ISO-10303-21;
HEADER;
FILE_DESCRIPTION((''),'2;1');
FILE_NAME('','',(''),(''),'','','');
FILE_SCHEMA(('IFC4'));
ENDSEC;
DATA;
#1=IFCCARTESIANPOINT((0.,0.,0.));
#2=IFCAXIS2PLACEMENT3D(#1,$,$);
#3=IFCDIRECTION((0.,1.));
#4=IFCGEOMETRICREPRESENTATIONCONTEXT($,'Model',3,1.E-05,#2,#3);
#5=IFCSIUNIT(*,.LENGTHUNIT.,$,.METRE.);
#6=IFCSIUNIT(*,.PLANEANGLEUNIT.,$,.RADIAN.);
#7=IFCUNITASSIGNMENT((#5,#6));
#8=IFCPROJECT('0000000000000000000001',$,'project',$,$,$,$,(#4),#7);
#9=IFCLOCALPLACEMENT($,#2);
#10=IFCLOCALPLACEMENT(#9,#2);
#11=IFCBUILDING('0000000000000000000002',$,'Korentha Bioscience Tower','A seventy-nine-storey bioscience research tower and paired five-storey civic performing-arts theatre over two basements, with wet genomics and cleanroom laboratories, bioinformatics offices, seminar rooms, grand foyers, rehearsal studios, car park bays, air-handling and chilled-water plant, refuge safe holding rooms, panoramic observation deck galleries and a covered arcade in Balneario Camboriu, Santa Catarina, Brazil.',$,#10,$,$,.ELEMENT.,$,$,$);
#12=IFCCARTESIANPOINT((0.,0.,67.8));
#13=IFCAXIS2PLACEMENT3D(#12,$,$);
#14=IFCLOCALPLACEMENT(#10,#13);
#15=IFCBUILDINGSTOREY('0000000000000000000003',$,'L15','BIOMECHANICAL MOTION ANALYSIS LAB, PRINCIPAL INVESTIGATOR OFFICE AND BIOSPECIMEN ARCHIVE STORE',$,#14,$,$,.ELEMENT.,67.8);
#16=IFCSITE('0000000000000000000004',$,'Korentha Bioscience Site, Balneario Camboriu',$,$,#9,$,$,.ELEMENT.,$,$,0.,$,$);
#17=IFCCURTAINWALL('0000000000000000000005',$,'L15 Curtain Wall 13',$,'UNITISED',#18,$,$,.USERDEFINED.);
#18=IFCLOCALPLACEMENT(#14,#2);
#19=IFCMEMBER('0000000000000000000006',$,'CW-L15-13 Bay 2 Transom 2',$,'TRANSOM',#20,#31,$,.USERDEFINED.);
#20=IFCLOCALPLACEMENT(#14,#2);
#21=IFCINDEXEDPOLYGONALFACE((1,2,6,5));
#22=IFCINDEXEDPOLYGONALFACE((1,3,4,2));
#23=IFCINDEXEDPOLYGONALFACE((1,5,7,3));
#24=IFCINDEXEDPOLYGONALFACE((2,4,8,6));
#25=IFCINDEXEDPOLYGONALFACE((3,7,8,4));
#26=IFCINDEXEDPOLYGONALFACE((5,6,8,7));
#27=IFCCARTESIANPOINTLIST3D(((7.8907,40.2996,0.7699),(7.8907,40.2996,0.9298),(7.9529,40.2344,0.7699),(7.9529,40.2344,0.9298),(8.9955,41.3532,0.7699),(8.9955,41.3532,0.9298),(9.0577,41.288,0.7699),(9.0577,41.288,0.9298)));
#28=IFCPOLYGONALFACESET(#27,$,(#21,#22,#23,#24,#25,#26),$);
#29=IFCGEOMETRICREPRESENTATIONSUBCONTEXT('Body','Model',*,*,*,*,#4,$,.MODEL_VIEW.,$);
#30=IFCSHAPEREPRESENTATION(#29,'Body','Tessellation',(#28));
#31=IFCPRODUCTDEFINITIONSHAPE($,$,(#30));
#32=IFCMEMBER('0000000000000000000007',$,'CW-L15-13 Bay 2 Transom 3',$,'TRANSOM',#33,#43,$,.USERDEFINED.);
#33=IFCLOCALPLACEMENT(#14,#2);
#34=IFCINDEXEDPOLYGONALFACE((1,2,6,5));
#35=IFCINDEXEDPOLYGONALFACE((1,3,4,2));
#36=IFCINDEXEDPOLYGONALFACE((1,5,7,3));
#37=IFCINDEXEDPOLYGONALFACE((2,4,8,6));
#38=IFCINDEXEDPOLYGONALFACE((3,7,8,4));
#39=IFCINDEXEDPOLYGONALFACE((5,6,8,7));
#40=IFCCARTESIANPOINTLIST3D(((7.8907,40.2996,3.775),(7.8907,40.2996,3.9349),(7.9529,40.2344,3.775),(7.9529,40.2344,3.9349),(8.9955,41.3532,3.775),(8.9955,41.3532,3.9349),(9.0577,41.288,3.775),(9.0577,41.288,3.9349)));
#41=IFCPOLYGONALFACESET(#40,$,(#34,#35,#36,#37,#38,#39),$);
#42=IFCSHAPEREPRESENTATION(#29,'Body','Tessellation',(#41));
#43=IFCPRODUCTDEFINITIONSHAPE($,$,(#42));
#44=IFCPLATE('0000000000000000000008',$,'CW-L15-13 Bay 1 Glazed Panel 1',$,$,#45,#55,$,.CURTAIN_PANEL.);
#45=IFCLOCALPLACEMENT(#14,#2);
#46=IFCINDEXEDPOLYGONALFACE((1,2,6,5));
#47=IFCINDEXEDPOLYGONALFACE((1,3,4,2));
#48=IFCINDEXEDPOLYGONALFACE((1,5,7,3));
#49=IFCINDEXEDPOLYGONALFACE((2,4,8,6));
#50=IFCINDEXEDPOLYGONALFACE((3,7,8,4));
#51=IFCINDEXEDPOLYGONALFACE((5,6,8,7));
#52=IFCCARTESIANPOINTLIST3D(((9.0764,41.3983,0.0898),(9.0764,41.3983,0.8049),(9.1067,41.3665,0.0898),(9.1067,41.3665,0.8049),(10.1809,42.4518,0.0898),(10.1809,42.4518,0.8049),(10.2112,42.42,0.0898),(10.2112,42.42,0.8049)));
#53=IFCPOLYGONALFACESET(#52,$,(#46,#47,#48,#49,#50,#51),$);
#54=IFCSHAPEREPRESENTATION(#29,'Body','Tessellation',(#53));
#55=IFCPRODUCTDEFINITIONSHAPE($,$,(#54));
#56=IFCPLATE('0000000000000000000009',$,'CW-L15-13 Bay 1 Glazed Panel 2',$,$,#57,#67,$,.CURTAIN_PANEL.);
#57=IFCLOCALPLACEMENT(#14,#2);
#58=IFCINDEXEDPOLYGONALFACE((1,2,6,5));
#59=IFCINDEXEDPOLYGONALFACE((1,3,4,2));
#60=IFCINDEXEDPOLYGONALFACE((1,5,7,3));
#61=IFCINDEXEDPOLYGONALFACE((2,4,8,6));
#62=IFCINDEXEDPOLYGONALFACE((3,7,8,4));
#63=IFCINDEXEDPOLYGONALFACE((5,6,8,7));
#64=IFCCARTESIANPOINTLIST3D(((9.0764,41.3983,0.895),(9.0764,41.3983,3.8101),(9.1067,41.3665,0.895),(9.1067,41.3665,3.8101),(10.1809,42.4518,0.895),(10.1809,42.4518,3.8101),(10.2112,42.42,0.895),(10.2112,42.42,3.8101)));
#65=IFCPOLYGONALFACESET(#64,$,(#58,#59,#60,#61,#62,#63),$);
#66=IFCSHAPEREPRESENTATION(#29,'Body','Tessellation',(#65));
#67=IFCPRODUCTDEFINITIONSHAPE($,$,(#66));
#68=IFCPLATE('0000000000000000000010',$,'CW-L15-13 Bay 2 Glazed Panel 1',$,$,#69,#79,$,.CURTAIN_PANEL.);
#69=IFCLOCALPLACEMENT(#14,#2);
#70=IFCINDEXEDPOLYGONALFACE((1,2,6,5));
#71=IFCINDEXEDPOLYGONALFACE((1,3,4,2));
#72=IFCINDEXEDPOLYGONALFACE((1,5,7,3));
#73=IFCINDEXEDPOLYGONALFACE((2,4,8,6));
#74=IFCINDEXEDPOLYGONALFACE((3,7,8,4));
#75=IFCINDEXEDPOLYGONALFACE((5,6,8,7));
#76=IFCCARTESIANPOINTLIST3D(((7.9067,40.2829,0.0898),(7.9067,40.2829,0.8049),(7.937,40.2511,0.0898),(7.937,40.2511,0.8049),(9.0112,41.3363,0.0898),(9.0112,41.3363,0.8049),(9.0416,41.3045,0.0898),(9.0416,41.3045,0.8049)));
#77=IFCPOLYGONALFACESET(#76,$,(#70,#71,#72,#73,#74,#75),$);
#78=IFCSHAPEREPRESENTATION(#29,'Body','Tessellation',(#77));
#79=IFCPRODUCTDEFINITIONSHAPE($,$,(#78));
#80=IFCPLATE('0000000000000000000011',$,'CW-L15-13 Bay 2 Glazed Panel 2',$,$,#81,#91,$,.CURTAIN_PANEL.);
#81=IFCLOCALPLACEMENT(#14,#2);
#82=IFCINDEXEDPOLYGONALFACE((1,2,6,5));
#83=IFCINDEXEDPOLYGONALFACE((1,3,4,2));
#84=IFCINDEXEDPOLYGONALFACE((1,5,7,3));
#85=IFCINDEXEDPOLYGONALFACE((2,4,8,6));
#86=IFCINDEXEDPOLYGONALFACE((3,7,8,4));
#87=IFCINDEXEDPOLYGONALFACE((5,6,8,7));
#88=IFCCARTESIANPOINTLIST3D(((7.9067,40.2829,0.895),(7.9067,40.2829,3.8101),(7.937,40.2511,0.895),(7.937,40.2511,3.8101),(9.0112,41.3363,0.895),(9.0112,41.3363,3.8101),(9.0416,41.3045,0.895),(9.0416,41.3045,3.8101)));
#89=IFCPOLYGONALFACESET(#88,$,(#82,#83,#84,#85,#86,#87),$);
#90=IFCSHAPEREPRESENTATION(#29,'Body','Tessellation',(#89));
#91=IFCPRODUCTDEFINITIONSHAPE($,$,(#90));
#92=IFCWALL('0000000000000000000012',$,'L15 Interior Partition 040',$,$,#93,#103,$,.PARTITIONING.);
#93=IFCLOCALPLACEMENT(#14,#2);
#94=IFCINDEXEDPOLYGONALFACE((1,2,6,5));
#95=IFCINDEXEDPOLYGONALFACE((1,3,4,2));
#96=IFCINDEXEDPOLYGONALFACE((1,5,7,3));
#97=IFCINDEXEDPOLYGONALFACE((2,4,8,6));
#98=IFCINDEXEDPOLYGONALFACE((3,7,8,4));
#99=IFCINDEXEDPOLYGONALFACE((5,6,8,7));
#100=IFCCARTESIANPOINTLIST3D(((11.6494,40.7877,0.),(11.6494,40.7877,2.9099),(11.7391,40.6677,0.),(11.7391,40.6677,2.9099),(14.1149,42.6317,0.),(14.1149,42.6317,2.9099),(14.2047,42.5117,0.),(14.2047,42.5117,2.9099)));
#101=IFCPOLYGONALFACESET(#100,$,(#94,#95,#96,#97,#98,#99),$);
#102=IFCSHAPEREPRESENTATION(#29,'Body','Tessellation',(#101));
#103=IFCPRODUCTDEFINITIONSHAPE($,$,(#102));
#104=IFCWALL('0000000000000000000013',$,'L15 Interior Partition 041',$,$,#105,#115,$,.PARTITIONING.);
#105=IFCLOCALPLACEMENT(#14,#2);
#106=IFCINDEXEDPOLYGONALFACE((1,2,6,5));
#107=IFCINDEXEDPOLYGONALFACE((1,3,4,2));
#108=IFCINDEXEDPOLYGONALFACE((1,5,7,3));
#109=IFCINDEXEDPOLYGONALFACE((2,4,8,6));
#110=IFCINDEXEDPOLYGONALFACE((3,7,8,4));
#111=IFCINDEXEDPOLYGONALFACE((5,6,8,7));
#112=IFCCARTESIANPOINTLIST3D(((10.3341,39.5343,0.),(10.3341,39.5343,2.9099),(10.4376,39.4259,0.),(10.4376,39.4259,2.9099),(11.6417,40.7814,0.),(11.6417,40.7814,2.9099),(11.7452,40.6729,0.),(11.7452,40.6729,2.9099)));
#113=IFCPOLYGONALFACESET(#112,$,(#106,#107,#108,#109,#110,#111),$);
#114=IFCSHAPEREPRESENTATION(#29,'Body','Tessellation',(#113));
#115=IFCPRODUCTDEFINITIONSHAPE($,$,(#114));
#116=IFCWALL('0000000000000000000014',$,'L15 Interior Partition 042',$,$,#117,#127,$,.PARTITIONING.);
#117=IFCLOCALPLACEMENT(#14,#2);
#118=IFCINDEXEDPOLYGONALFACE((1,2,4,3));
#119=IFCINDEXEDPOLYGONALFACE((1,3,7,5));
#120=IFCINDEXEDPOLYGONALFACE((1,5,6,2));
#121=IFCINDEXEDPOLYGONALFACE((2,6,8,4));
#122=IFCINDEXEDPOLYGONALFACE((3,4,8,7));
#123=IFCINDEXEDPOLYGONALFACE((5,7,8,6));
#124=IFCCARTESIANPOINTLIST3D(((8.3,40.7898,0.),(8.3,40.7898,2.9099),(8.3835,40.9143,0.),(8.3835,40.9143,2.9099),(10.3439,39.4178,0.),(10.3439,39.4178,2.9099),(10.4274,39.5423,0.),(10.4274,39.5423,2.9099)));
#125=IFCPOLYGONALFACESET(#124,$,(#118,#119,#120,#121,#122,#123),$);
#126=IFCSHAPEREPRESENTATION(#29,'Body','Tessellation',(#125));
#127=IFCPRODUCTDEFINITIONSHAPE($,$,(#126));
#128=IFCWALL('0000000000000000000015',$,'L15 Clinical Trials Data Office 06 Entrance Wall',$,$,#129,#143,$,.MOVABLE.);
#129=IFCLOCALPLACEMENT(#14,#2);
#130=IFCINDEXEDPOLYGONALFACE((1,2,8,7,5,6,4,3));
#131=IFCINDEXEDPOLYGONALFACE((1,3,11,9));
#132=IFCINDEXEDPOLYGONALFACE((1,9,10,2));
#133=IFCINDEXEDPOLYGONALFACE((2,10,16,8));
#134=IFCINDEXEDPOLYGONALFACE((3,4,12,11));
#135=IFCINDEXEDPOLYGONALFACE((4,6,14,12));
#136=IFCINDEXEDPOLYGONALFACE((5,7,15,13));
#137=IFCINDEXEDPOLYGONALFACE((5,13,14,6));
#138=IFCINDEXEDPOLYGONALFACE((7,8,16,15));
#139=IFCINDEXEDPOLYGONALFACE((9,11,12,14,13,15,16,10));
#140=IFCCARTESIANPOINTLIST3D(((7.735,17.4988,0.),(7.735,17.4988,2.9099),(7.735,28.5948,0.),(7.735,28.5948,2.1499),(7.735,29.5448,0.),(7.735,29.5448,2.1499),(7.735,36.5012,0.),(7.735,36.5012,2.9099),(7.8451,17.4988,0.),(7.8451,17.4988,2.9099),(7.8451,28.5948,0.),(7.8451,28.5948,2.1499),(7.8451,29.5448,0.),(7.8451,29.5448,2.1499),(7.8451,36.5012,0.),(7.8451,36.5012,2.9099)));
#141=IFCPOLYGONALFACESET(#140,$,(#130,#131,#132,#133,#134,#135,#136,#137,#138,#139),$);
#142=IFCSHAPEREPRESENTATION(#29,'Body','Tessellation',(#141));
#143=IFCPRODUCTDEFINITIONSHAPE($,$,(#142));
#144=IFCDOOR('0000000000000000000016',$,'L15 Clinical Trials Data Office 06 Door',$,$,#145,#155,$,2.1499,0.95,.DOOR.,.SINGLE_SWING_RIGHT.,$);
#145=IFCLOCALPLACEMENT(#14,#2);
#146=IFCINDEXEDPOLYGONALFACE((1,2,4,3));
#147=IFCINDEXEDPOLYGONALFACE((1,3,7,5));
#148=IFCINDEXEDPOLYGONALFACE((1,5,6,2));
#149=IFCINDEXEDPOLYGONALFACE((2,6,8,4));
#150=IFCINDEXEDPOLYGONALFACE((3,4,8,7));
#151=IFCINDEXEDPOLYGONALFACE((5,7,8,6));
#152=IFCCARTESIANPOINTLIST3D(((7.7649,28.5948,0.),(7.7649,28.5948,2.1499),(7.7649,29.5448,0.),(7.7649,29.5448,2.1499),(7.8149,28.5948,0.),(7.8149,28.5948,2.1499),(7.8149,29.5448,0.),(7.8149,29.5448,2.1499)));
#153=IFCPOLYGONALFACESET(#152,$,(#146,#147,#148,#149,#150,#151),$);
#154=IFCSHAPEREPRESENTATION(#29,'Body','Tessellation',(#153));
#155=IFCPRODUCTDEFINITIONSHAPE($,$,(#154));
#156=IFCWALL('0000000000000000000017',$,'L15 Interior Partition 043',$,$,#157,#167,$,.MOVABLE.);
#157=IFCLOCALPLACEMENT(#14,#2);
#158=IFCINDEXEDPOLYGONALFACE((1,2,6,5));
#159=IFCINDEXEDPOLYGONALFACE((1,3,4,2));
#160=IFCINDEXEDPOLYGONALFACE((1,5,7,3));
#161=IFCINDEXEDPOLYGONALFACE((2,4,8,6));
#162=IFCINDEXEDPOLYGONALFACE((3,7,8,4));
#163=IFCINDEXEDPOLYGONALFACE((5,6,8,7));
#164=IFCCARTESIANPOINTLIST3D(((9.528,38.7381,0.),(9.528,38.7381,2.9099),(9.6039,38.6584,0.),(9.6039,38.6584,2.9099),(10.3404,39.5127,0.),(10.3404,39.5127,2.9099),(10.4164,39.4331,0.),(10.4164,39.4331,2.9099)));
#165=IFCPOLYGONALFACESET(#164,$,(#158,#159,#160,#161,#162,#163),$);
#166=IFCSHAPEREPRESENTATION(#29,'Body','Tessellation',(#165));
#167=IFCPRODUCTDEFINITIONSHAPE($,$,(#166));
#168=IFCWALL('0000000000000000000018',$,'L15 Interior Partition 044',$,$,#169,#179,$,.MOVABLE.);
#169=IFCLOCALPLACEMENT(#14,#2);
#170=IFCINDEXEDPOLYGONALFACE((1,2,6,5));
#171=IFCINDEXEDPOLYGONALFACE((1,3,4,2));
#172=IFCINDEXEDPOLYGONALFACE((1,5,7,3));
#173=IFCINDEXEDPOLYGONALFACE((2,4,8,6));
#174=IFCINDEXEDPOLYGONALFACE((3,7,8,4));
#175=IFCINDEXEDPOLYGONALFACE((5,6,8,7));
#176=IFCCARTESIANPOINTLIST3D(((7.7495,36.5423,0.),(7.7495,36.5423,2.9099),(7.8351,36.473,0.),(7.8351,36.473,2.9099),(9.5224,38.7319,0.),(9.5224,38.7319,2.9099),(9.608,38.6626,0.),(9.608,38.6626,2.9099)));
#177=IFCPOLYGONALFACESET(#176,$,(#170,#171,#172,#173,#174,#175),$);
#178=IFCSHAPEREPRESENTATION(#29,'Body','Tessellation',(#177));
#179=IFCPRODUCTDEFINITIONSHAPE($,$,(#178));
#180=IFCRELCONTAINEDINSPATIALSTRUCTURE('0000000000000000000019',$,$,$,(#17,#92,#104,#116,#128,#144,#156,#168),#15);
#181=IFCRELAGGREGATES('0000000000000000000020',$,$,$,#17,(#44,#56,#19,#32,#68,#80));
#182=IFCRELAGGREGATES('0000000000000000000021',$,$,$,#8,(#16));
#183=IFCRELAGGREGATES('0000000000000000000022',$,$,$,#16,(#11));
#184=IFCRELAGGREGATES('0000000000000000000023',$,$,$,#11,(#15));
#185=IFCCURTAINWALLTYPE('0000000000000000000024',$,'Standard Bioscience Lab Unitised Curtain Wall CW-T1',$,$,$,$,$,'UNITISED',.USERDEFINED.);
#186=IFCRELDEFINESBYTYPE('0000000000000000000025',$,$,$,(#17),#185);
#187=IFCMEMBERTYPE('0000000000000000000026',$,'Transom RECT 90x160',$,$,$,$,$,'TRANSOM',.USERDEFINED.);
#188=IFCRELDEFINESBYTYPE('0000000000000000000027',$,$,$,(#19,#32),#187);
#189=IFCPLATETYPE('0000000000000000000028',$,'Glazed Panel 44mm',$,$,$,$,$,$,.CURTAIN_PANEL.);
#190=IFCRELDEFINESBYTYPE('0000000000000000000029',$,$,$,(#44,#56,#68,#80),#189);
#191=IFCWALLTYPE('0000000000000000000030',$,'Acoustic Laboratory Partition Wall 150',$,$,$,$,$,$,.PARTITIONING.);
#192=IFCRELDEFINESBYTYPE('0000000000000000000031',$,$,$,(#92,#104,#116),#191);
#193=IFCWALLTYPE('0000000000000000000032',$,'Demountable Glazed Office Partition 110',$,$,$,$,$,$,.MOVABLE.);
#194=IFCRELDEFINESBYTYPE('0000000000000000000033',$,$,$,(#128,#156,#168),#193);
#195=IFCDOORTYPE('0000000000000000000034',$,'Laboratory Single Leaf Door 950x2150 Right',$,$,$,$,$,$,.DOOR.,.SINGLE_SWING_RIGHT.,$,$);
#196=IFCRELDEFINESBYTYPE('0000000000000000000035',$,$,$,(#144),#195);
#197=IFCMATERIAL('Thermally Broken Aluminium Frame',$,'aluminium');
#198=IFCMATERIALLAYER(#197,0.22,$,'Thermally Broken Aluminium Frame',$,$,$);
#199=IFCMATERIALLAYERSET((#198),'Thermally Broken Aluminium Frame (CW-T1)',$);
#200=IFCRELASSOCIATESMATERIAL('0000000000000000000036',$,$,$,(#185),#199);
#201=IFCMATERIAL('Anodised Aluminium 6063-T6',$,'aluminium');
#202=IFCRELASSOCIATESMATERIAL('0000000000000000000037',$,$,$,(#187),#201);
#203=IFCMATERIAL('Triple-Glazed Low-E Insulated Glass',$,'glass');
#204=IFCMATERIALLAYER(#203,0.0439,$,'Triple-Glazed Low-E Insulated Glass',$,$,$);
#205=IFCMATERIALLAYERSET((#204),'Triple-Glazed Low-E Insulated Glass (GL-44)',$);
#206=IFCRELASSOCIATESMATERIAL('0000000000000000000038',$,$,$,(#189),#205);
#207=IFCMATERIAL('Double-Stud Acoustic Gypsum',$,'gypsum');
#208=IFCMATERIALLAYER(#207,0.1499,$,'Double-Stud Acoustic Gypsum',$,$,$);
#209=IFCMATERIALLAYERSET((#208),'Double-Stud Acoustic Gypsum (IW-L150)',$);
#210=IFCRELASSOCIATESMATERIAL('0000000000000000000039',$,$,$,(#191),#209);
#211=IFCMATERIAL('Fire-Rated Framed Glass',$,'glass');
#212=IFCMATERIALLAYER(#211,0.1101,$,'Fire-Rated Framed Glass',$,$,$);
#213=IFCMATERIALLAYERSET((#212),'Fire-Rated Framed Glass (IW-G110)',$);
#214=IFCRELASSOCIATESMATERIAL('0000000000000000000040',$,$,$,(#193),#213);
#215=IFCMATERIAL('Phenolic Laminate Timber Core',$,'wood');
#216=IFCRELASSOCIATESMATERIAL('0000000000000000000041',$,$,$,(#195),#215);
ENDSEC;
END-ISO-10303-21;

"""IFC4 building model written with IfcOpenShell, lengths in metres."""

from ifc_helpers import new_model, si_unit, direction, frame, frame_2d, origin, origin_2d, place, context, subcontext, project, spatial, rectangle, extrude, material, layer, layer_set, material_profile, profile_set, type_object, element, fill, aggregate, save


model = new_model("IFC4")

# Units and contexts
model_context = context("Model", 3, precision=1e-05, world=origin(), true_north=direction((0.0, 1.0)))
body_context = subcontext(model_context, "Body", "Model", "MODEL_VIEW")
ifc_project = project(units=[si_unit("LENGTHUNIT", "METRE"), si_unit("PLANEANGLEUNIT", "RADIAN")], contexts=[model_context])

# Site, building, storey
site_placement = place(None, origin())
site = spatial("IfcSite", under=ifc_project, at=site_placement, Name="Korentha Bioscience Site, Balneario Camboriu", CompositionType="ELEMENT", RefElevation=0.0)
building_placement = place(site_placement, origin())
building = spatial("IfcBuilding", under=site, at=building_placement, Name="Korentha Bioscience Tower", Description="A seventy-nine-storey bioscience research tower and paired five-storey civic performing-arts theatre over two basements, with wet genomics and cleanroom laboratories, bioinformatics offices, seminar rooms, grand foyers, rehearsal studios, car park bays, air-handling and chilled-water plant, refuge safe holding rooms, panoramic observation deck galleries and a covered arcade in Balneario Camboriu, Santa Catarina, Brazil.", CompositionType="ELEMENT")
storey_placement = place(building_placement, frame((0.0, 0.0, 67.8)))
storey = spatial("IfcBuildingStorey", under=building, at=storey_placement, Name="L15", Description="BIOMECHANICAL MOTION ANALYSIS LAB, PRINCIPAL INVESTIGATOR OFFICE AND BIOSPECIMEN ARCHIVE STORE", CompositionType="ELEMENT", Elevation=67.8)

# Curtain wall
ifc_material_1 = material(Name="Thermally Broken Aluminium Frame", Category="aluminium")
ifc_layer_1 = layer(ifc_material_1, 0.22, Name="Thermally Broken Aluminium Frame")
ifc_layer_set_1 = layer_set([ifc_layer_1], Name="Thermally Broken Aluminium Frame (CW-T1)")
curtain_wall_type = type_object("IfcCurtainWallType", Name="Standard Bioscience Lab Unitised Curtain Wall CW-T1", ElementType="UNITISED", PredefinedType="USERDEFINED", material=ifc_layer_set_1)
curtain_wall_placement = place(storey_placement, origin())
curtain_wall = element("IfcCurtainWall", 1, at=curtain_wall_placement, inside=storey, type_object=curtain_wall_type, Name="L15 Curtain Wall 13", ObjectType="UNITISED", PredefinedType="USERDEFINED")
ifc_material_2 = material(Name="Anodised Aluminium 6063-T6", Category="aluminium")

# Members
ifc_material_profile_1 = material_profile(ifc_material_2, rectangle(XDim=0.0901, YDim=0.1599, at=origin_2d()), Name="Anodised Aluminium 6063-T6")
ifc_profile_set_1 = profile_set([ifc_material_profile_1], Name="Anodised Aluminium 6063-T6 (CW-TRN)")
member_type_1 = type_object("IfcMemberType", Name="Transom RECT 90x160", ElementType="TRANSOM", PredefinedType="USERDEFINED", material=ifc_profile_set_1)
member_1_placement = place(storey_placement, frame((9.0266, 41.3206, 0.8499), z_axis=(-0.7237, -0.690114, 0.0), x_axis=(0.690114, -0.7237, 0.0)))
member_1 = element("IfcMember", 2, at=member_1_placement, type_object=member_type_1, Name="CW-L15-13 Bay 2 Transom 2", ObjectType="TRANSOM", PredefinedType="USERDEFINED", context=body_context, shape_type="SweptSolid", body=[
    extrude(rectangle(XDim=0.0901, YDim=0.1599, at=origin_2d()), origin(), (0.0, 0.0, 1.0), 1.5266),
])
member_2_placement = place(storey_placement, frame((9.0266, 41.3206, 3.855), z_axis=(-0.7237, -0.690114, 0.0), x_axis=(0.690114, -0.7237, 0.0)))
member_2 = element("IfcMember", 3, at=member_2_placement, type_object=member_type_1, Name="CW-L15-13 Bay 2 Transom 3", ObjectType="TRANSOM", PredefinedType="USERDEFINED", context=body_context, shape_type="SweptSolid", body=[
    extrude(rectangle(XDim=0.0901, YDim=0.1599, at=origin_2d()), origin(), (0.0, 0.0, 1.0), 1.5266),
])

# Plates
ifc_material_3 = material(Name="Triple-Glazed Low-E Insulated Glass", Category="glass")
ifc_layer_2 = layer(ifc_material_3, 0.0439, Name="Triple-Glazed Low-E Insulated Glass")
ifc_layer_set_2 = layer_set([ifc_layer_2], Name="Triple-Glazed Low-E Insulated Glass (GL-44)")
plate_type = type_object("IfcPlateType", Name="Glazed Panel 44mm", PredefinedType="CURTAIN_PANEL", material=ifc_layer_set_2)
plate_1_placement = place(storey_placement, frame((9.6438, 41.9092, 0.0898), z_axis=(0.0, 0.0, 1.0), x_axis=(-0.723642, -0.690176, 0.0)))
plate_1 = element("IfcPlate", 4, at=plate_1_placement, type_object=plate_type, Name="CW-L15-13 Bay 1 Glazed Panel 1", PredefinedType="CURTAIN_PANEL", context=body_context, shape_type="SweptSolid", body=[
    extrude(rectangle(XDim=1.5264, YDim=0.0439, at=origin_2d()), origin(), (0.0, 0.0, 1.0), 0.7151),
])
plate_2_placement = place(storey_placement, frame((9.6438, 41.9092, 0.895), z_axis=(0.0, 0.0, 1.0), x_axis=(-0.723642, -0.690176, 0.0)))
plate_2 = element("IfcPlate", 5, at=plate_2_placement, type_object=plate_type, Name="CW-L15-13 Bay 1 Glazed Panel 2", PredefinedType="CURTAIN_PANEL", context=body_context, shape_type="SweptSolid", body=[
    extrude(rectangle(XDim=1.5264, YDim=0.0439, at=origin_2d()), origin(), (0.0, 0.0, 1.0), 2.915),
])
plate_3_placement = place(storey_placement, frame((8.4741, 40.7937, 0.0898), z_axis=(0.0, 0.0, 1.0), x_axis=(-0.723642, -0.690176, 0.0)))
plate_3 = element("IfcPlate", 6, at=plate_3_placement, type_object=plate_type, Name="CW-L15-13 Bay 2 Glazed Panel 1", PredefinedType="CURTAIN_PANEL", context=body_context, shape_type="SweptSolid", body=[
    extrude(rectangle(XDim=1.5264, YDim=0.0439, at=origin_2d()), origin(), (0.0, 0.0, 1.0), 0.7151),
])
plate_4_placement = place(storey_placement, frame((8.4741, 40.7937, 0.895), z_axis=(0.0, 0.0, 1.0), x_axis=(-0.723642, -0.690176, 0.0)))
plate_4 = element("IfcPlate", 7, at=plate_4_placement, type_object=plate_type, Name="CW-L15-13 Bay 2 Glazed Panel 2", PredefinedType="CURTAIN_PANEL", context=body_context, shape_type="SweptSolid", body=[
    extrude(rectangle(XDim=1.5264, YDim=0.0439, at=origin_2d()), origin(), (0.0, 0.0, 1.0), 2.915),
])
aggregate(curtain_wall, [plate_1, plate_2, member_1, member_2, plate_3, plate_4])

# Walls
ifc_material_4 = material(Name="Double-Stud Acoustic Gypsum", Category="gypsum")
ifc_layer_3 = layer(ifc_material_4, 0.1499, Name="Double-Stud Acoustic Gypsum")
ifc_layer_set_3 = layer_set([ifc_layer_3], Name="Double-Stud Acoustic Gypsum (IW-L150)")
wall_type_1 = type_object("IfcWallType", Name="Acoustic Laboratory Partition Wall 150", PredefinedType="PARTITIONING", material=ifc_layer_set_3)
wall_1_placement = place(storey_placement, frame((14.1599, 42.5718, 0.0), z_axis=(0.0, 0.0, 1.0), x_axis=(-0.800808, -0.598921, 0.0)))
element("IfcWall", 8, at=wall_1_placement, inside=storey, type_object=wall_type_1, Name="L15 Interior Partition 040", PredefinedType="PARTITIONING", context=body_context, shape_type="SweptSolid", body=[
    extrude(rectangle(XDim=3.0789, YDim=0.1499, at=frame_2d((1.5396, 0.0))), origin(), (0.0, 0.0, 1.0), 2.9099),
])
wall_2_placement = place(storey_placement, frame((11.6934, 40.7271, 0.0), z_axis=(0.0, 0.0, 1.0), x_axis=(-0.723662, -0.690154, 0.0)))
element("IfcWall", 9, at=wall_2_placement, inside=storey, type_object=wall_type_1, Name="L15 Interior Partition 041", PredefinedType="PARTITIONING", context=body_context, shape_type="SweptSolid", body=[
    extrude(rectangle(XDim=1.8069, YDim=0.1499, at=frame_2d((0.9033, 0.0))), origin(), (0.0, 0.0, 1.0), 2.9099),
])
wall_3_placement = place(storey_placement, frame((10.3857, 39.48, 0.0), z_axis=(0.0, 0.0, 1.0), x_axis=(-0.830276, 0.557352, 0.0)))
element("IfcWall", 10, at=wall_3_placement, inside=storey, type_object=wall_type_1, Name="L15 Interior Partition 042", PredefinedType="PARTITIONING", context=body_context, shape_type="SweptSolid", body=[
    extrude(rectangle(XDim=2.4617, YDim=0.1499, at=frame_2d((1.231, 0.0))), origin(), (0.0, 0.0, 1.0), 2.9099),
])

# Wall, opening, door
ifc_material_5 = material(Name="Fire-Rated Framed Glass", Category="glass")
ifc_layer_4 = layer(ifc_material_5, 0.1101, Name="Fire-Rated Framed Glass")
ifc_layer_set_4 = layer_set([ifc_layer_4], Name="Fire-Rated Framed Glass (IW-G110)")
wall_type_2 = type_object("IfcWallType", Name="Demountable Glazed Office Partition 110", PredefinedType="MOVABLE", material=ifc_layer_set_4)
wall_4_placement = place(storey_placement, frame((7.79, 36.5012, 0.0), z_axis=(0.0, 0.0, 1.0), x_axis=(0.0, -1.0, 0.0)))
wall_4 = element("IfcWall", 11, at=wall_4_placement, inside=storey, type_object=wall_type_2, Name="L15 Clinical Trials Data Office 06 Entrance Wall", PredefinedType="MOVABLE", context=body_context, shape_type="SweptSolid", body=[
    extrude(rectangle(XDim=19.0024, YDim=0.1101, at=frame_2d((9.5012, 0.0))), origin(), (0.0, 0.0, 1.0), 2.9099),
])
opening_placement = place(wall_4_placement, frame((6.9563, 0.0, 0.0)))
opening = element("IfcOpeningElement", 12, at=opening_placement, cuts=wall_4, PredefinedType="OPENING", context=body_context, shape_type="SweptSolid", body=[
    extrude(rectangle(XDim=0.95, YDim=2.1499, at=frame_2d((0.4751, 1.075))), frame((0.0, 0.0698, 0.0), z_axis=(0.0, -1.0, 0.0), x_axis=(1.0, 0.0, 0.0)), (0.0, 0.0, 1.0), 0.1399),
])
ifc_material_6 = material(Name="Phenolic Laminate Timber Core", Category="wood")
door_type = type_object("IfcDoorType", Name="Laboratory Single Leaf Door 950x2150 Right", OperationType="SINGLE_SWING_RIGHT", PredefinedType="DOOR", material=ifc_material_6)
door_placement = place(opening_placement, origin())
door = element("IfcDoor", 13, at=door_placement, inside=storey, type_object=door_type, Name="L15 Clinical Trials Data Office 06 Door", OperationType="SINGLE_SWING_RIGHT", OverallHeight=2.1499, OverallWidth=0.95, PredefinedType="DOOR", context=body_context, shape_type="SweptSolid", body=[
    extrude(rectangle(XDim=0.95, YDim=2.1499, at=frame_2d((0.4751, 1.075))), frame((0.0, 0.0249, 0.0), z_axis=(0.0, -1.0, 0.0), x_axis=(1.0, 0.0, 0.0)), (0.0, 0.0, 1.0), 0.05),
])
fill(opening, door)

# Walls
wall_5_placement = place(storey_placement, frame((10.3784, 39.4729, 0.0), z_axis=(0.0, 0.0, 1.0), x_axis=(-0.72376, -0.690051, 0.0)))
element("IfcWall", 14, at=wall_5_placement, inside=storey, type_object=wall_type_2, Name="L15 Interior Partition 043", PredefinedType="MOVABLE", context=body_context, shape_type="SweptSolid", body=[
    extrude(rectangle(XDim=1.1226, YDim=0.1101, at=frame_2d((0.5613, 0.0))), origin(), (0.0, 0.0, 1.0), 2.9099),
])
wall_6_placement = place(storey_placement, frame((9.5652, 38.6973, 0.0), z_axis=(0.0, 0.0, 1.0), x_axis=(-0.629271, -0.777186, 0.0)))
element("IfcWall", 15, at=wall_6_placement, inside=storey, type_object=wall_type_2, Name="L15 Interior Partition 044", PredefinedType="MOVABLE", context=body_context, shape_type="SweptSolid", body=[
    extrude(rectangle(XDim=2.8174, YDim=0.1101, at=frame_2d((1.4087, 0.0))), origin(), (0.0, 0.0, 1.0), 2.9099),
])

save(model, "model.ifc")
